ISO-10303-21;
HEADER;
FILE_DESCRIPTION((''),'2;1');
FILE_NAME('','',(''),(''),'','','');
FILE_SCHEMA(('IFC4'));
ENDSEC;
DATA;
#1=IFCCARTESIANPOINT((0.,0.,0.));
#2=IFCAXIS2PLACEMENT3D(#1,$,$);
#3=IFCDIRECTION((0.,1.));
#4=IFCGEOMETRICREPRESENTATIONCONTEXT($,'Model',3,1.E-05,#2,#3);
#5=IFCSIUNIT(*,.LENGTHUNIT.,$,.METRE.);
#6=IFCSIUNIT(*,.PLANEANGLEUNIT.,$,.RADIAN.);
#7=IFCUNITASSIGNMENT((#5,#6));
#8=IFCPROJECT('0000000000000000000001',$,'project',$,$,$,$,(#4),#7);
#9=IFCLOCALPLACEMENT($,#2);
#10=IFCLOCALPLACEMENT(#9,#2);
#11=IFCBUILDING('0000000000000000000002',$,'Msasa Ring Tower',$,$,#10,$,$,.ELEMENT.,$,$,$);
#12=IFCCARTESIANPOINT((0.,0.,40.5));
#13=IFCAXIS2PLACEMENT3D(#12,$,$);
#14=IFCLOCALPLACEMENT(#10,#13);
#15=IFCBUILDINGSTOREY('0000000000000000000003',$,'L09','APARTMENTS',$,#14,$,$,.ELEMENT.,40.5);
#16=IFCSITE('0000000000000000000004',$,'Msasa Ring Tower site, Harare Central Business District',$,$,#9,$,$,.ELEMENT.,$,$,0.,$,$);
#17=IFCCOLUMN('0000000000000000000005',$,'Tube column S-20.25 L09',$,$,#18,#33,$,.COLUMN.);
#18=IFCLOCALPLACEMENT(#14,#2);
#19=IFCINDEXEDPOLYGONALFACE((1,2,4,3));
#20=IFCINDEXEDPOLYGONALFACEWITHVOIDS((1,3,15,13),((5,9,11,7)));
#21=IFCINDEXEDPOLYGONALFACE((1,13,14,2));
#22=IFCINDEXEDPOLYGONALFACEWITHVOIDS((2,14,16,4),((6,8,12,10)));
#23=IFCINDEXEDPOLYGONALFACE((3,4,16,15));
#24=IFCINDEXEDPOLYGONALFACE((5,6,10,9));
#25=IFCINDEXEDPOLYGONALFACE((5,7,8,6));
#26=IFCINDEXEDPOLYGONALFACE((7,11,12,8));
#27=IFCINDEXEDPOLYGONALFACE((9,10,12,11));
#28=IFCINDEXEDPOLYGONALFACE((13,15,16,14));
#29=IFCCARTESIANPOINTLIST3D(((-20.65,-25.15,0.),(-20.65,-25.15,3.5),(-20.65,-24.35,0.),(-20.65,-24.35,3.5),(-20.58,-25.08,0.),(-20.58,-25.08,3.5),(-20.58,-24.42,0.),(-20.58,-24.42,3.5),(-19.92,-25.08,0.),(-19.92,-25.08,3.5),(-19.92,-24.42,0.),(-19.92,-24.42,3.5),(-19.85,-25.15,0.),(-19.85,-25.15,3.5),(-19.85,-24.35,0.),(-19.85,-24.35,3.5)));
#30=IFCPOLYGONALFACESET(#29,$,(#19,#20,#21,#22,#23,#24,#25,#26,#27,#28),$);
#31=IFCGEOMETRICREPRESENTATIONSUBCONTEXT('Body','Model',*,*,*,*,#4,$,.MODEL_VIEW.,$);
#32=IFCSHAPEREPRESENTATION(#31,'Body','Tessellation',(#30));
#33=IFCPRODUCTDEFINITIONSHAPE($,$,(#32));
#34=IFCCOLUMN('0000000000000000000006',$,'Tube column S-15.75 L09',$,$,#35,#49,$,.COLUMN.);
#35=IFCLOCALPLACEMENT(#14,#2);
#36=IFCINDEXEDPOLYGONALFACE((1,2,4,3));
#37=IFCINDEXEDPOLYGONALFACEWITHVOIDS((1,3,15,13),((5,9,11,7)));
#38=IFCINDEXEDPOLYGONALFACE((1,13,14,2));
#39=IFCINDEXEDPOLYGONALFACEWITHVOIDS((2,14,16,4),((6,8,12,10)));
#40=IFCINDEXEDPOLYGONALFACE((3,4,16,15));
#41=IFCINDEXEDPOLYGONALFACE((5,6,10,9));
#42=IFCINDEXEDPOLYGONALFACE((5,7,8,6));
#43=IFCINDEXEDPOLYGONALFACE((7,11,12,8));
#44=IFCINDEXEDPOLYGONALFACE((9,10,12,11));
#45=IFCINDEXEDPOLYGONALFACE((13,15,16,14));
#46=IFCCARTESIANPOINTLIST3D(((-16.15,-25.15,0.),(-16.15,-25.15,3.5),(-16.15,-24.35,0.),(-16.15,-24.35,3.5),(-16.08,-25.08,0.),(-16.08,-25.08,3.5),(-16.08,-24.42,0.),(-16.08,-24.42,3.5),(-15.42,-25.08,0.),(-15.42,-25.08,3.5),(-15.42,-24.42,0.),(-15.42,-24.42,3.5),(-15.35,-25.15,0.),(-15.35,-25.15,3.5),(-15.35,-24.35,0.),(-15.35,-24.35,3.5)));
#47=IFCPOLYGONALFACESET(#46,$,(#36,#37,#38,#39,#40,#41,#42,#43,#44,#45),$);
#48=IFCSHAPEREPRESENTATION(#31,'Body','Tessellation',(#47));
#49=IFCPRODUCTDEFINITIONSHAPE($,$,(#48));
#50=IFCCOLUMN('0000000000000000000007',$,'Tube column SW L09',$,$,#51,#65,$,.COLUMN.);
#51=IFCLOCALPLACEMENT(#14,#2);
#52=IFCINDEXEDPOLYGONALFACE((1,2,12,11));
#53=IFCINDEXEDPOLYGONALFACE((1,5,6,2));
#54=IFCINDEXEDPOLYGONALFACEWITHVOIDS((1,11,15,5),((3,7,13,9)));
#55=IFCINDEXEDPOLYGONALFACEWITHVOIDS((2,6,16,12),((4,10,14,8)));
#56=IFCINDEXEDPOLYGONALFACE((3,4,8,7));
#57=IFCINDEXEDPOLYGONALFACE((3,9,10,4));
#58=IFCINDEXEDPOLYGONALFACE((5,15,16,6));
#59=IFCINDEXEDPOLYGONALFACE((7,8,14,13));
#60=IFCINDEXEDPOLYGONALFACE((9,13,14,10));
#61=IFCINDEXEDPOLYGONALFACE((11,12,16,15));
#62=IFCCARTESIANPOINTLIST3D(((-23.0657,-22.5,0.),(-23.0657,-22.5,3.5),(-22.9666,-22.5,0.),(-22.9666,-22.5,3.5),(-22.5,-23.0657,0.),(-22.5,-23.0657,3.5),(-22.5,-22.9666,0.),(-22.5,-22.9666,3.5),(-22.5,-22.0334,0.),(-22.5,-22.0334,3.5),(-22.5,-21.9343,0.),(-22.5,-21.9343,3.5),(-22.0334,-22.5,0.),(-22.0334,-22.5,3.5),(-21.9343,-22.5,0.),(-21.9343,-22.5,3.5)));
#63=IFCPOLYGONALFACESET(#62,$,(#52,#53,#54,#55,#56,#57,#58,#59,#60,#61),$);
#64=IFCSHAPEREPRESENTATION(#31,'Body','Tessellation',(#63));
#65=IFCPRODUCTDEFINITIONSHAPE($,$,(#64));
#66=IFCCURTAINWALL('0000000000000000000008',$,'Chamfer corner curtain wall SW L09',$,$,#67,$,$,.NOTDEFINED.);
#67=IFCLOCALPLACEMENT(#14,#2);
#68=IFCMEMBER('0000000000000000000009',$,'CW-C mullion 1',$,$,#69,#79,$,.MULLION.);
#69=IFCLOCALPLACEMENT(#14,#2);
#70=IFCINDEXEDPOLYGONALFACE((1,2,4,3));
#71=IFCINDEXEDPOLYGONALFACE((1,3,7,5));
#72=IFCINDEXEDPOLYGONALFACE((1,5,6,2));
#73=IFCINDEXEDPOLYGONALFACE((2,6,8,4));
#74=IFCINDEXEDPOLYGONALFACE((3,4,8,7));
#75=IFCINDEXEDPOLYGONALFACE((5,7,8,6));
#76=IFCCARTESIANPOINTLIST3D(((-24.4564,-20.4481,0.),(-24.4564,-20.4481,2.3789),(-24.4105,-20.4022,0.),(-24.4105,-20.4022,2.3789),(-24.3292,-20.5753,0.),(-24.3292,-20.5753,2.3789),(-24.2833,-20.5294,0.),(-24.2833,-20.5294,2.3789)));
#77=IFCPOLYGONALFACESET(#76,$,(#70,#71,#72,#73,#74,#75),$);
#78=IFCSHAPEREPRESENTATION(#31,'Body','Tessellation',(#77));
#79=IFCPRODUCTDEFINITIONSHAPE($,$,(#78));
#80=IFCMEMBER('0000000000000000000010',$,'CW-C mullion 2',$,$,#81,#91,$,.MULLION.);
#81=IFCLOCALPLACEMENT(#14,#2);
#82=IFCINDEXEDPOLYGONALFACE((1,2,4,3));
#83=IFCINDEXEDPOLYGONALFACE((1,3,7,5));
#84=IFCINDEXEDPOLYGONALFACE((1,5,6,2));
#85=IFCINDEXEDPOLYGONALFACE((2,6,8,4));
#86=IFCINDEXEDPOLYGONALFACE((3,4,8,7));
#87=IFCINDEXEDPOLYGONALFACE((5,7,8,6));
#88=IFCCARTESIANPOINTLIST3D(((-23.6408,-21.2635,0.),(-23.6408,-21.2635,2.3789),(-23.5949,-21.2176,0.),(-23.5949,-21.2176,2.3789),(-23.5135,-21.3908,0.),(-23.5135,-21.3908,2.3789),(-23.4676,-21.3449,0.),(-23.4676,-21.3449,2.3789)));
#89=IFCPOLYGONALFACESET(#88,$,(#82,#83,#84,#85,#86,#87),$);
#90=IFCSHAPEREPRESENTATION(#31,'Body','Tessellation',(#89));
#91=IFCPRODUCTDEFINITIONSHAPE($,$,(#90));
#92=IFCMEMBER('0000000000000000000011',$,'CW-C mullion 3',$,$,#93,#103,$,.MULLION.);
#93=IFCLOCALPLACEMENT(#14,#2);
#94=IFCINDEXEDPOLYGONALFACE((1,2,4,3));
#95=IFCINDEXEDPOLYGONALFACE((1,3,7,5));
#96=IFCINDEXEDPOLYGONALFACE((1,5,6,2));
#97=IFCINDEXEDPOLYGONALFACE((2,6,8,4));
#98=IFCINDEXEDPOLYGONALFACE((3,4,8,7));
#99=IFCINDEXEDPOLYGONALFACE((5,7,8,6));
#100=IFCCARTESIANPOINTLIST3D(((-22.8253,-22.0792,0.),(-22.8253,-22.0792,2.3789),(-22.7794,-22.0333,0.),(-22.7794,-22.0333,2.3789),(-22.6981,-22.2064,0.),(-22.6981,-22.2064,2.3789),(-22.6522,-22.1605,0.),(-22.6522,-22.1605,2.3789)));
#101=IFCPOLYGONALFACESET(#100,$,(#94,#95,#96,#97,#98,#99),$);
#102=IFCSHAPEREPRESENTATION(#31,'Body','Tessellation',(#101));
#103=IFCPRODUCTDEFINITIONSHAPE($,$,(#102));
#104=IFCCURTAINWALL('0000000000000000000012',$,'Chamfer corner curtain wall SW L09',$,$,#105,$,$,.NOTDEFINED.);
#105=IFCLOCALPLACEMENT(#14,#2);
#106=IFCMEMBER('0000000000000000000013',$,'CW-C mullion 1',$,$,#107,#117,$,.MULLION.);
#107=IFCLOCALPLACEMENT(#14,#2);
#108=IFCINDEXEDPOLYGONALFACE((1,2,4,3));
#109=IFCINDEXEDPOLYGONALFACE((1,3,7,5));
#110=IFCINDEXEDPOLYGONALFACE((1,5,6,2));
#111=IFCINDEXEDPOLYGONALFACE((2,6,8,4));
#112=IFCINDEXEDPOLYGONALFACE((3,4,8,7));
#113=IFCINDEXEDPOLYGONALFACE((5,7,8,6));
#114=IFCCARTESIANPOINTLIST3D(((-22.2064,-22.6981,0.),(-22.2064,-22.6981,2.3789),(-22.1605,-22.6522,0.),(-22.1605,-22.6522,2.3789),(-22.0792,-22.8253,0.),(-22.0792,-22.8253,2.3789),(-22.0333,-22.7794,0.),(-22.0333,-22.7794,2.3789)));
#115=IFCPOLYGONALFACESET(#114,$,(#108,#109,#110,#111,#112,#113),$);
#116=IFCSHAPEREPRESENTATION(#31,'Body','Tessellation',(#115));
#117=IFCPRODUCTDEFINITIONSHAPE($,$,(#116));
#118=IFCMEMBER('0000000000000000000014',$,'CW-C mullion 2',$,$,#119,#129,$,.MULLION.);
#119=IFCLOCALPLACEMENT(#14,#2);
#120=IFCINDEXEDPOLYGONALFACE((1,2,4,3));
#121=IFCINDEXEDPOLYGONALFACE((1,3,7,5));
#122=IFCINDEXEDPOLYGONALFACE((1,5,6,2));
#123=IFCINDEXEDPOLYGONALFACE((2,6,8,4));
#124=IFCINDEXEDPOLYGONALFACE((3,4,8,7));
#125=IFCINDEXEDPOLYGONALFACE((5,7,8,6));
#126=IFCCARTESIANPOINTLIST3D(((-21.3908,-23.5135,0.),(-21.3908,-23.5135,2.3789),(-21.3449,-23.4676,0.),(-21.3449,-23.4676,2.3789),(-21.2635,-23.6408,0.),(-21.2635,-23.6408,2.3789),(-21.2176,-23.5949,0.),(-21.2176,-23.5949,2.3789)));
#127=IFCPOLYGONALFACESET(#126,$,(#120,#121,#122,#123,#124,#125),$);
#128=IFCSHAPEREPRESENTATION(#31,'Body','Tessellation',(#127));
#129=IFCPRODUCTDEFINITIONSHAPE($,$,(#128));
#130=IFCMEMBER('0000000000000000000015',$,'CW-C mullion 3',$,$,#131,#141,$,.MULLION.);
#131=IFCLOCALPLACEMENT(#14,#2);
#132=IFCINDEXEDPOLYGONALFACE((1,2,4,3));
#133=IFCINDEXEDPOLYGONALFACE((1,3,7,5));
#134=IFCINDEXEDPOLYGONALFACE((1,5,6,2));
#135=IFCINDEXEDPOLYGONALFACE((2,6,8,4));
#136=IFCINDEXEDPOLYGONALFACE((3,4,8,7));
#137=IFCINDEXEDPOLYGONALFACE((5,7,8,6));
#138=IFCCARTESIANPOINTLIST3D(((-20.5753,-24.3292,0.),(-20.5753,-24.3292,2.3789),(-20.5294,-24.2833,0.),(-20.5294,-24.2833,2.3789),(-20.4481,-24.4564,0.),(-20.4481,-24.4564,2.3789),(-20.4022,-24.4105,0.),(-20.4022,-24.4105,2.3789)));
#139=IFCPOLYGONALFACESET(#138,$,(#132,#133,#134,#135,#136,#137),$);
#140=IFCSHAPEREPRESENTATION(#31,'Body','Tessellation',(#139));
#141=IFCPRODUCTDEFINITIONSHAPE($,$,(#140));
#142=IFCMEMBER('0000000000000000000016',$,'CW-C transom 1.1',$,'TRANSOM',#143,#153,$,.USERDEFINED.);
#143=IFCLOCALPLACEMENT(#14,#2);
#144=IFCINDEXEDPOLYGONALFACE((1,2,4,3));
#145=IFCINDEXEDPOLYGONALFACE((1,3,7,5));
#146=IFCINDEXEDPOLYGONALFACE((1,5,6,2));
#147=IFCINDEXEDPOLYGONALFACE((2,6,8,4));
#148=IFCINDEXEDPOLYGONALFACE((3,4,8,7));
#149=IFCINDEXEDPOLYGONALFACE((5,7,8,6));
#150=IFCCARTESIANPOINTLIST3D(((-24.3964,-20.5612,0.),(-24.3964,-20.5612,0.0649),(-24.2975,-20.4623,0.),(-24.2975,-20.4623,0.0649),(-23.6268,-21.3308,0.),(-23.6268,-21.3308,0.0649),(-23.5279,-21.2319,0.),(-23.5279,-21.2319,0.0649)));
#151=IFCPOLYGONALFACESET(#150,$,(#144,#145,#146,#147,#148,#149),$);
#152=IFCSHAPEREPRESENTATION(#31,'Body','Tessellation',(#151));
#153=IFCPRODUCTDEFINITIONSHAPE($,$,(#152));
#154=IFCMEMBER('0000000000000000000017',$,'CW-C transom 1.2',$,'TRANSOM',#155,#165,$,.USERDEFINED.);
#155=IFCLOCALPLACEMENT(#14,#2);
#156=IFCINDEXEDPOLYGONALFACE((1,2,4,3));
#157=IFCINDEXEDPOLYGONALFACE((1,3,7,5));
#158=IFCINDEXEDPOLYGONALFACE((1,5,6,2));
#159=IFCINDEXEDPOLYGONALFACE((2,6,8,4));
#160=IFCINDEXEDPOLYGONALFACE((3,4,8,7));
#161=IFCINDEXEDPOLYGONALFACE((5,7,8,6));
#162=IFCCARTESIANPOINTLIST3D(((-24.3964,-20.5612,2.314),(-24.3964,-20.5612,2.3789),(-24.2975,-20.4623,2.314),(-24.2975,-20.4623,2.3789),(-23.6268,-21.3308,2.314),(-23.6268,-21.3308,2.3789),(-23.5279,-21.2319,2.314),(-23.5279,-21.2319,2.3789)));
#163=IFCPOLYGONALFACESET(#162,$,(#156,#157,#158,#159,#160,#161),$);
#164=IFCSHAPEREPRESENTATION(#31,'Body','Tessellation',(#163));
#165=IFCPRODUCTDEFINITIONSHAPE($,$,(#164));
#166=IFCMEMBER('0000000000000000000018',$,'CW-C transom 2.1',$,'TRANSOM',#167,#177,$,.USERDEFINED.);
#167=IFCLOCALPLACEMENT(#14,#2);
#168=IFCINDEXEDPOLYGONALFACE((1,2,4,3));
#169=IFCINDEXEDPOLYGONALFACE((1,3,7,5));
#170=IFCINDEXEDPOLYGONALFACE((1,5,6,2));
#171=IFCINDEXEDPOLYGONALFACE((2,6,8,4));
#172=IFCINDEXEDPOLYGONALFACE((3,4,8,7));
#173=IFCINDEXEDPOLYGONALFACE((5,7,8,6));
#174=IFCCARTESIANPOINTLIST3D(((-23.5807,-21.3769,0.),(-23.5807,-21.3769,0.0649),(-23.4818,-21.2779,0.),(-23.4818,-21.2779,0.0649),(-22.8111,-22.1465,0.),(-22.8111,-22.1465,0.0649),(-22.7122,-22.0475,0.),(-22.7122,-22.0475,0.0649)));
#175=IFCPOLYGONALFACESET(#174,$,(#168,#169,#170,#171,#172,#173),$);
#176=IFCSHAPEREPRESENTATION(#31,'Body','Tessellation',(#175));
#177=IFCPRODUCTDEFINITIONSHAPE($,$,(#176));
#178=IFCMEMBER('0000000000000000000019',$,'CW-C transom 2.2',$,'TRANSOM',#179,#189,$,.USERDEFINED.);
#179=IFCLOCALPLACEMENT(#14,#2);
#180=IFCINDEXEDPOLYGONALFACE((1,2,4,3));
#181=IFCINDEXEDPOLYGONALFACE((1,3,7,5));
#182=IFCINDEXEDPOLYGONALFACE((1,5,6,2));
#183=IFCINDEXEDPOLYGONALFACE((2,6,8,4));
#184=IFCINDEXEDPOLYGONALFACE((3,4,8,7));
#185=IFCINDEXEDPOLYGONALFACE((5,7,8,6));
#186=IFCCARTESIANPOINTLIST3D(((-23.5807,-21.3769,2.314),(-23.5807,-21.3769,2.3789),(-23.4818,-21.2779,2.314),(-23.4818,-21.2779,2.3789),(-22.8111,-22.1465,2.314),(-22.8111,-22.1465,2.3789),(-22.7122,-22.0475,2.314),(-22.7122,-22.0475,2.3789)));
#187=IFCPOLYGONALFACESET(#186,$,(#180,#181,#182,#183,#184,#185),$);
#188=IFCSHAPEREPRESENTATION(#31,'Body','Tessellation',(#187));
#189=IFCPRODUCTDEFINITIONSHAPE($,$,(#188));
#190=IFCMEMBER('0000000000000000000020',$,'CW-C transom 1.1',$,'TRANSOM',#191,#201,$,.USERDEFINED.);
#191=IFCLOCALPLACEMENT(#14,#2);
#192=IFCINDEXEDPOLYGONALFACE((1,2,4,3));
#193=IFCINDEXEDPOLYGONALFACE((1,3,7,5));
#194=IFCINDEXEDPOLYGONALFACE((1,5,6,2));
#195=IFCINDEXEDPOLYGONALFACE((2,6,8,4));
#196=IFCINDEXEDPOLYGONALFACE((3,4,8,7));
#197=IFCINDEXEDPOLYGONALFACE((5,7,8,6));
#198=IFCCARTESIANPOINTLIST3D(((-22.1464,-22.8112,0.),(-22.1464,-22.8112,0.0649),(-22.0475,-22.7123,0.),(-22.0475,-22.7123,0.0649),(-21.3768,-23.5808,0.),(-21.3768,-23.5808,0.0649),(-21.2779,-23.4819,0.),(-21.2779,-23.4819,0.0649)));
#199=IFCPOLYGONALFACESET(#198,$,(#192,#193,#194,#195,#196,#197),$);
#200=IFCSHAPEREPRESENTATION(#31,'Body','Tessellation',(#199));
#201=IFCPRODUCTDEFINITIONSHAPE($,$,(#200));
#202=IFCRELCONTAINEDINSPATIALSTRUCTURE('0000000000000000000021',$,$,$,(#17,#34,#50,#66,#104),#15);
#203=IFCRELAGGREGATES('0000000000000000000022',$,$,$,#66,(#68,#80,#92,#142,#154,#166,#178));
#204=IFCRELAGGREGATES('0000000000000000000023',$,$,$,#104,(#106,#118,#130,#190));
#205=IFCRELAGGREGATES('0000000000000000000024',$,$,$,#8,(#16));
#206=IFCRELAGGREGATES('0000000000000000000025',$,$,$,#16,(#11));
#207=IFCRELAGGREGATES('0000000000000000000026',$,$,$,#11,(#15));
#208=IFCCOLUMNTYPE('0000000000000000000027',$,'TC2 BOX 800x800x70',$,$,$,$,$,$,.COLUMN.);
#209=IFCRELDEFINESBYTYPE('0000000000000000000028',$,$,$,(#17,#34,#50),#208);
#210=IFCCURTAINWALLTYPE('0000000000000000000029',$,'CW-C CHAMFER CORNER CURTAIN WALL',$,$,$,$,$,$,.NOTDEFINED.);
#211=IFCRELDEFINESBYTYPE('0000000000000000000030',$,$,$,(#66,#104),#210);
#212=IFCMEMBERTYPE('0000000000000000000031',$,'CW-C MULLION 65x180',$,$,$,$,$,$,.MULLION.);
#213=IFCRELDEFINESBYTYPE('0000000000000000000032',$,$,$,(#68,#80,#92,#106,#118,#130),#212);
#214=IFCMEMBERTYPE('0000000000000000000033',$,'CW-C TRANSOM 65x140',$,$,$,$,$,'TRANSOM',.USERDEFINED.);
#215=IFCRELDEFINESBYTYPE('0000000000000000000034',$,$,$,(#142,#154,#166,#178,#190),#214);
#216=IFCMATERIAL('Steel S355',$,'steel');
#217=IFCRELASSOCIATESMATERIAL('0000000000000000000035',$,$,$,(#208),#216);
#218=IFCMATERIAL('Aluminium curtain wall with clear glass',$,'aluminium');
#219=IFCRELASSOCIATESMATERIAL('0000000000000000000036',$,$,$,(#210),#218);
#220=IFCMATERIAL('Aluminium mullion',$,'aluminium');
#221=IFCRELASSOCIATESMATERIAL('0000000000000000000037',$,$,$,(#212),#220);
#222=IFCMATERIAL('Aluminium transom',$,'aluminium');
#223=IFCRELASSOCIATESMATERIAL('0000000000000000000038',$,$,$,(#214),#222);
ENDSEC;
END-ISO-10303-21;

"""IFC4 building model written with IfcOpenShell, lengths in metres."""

from ifc_helpers import new_model, si_unit, direction, frame, origin, origin_2d, place, context, subcontext, project, spatial, rectangle, hollow_rectangle, extrude, material, material_profile, profile_set, type_object, element, aggregate, save


model = new_model("IFC4")

# Units and contexts
model_context = context("Model", 3, precision=1e-05, world=origin(), true_north=direction((0.0, 1.0)))
body_context = subcontext(model_context, "Body", "Model", "MODEL_VIEW")
ifc_project = project(units=[si_unit("LENGTHUNIT", "METRE"), si_unit("PLANEANGLEUNIT", "RADIAN")], contexts=[model_context])

# Site, building, storey
site_placement = place(None, origin())
site = spatial("IfcSite", under=ifc_project, at=site_placement, Name="Msasa Ring Tower site, Harare Central Business District", CompositionType="ELEMENT", RefElevation=0.0)
building_placement = place(site_placement, origin())
building = spatial("IfcBuilding", under=site, at=building_placement, Name="Msasa Ring Tower", CompositionType="ELEMENT")
storey_placement = place(building_placement, frame((0.0, 0.0, 40.5)))
storey = spatial("IfcBuildingStorey", under=building, at=storey_placement, Name="L09", Description="APARTMENTS", CompositionType="ELEMENT", Elevation=40.5)

# Columns
ifc_material_1 = material(Name="Steel S355", Category="steel")
ifc_material_profile_1 = material_profile(ifc_material_1, hollow_rectangle(XDim=0.8, YDim=0.8, WallThickness=0.0701, at=origin_2d()), Name="BOX 800x800x70")
ifc_profile_set_1 = profile_set([ifc_material_profile_1], Name="Steel S355")
column_type = type_object("IfcColumnType", Name="TC2 BOX 800x800x70", PredefinedType="COLUMN", material=ifc_profile_set_1)
for number, where, z_axis, x_axis, name in (
    (1, (-20.25, -24.75, 0.0), (0.0, 0.0, 1.0), (0.0, 1.0, 0.0), "Tube column S-20.25 L09"),
    (2, (-15.75, -24.75, 0.0), (0.0, 0.0, 1.0), (0.0, 1.0, 0.0), "Tube column S-15.75 L09"),
    (3, (-22.5, -22.5, 0.0), (0.0, 0.0, 1.0), (0.707107, 0.707107, 0.0), "Tube column SW L09"),
):
    element("IfcColumn", number, at=place(storey_placement, frame(where, z_axis=z_axis, x_axis=x_axis)), inside=storey, type_object=column_type, Name=name, PredefinedType="COLUMN", context=body_context, shape_type="SweptSolid", body=[
        extrude(hollow_rectangle(XDim=0.8, YDim=0.8, WallThickness=0.0701, at=origin_2d()), origin(), (0.0, 0.0, 1.0), 3.5),
    ])

# Curtain walls, members
ifc_material_2 = material(Name="Aluminium curtain wall with clear glass", Category="aluminium")
curtain_wall_type = type_object("IfcCurtainWallType", Name="CW-C CHAMFER CORNER CURTAIN WALL", PredefinedType="NOTDEFINED", material=ifc_material_2)
curtain_wall_1_placement = place(storey_placement, origin())
curtain_wall_1 = element("IfcCurtainWall", 4, at=curtain_wall_1_placement, inside=storey, type_object=curtain_wall_type, Name="Chamfer corner curtain wall SW L09", PredefinedType="NOTDEFINED")
ifc_material_3 = material(Name="Aluminium mullion", Category="aluminium")
ifc_material_profile_2 = material_profile(ifc_material_3, rectangle(XDim=0.0649, YDim=0.1799, at=origin_2d()), Name="AL 65x180")
ifc_profile_set_2 = profile_set([ifc_material_profile_2], Name="Aluminium mullion")
member_type_1 = type_object("IfcMemberType", Name="CW-C MULLION 65x180", PredefinedType="MULLION", material=ifc_profile_set_2)
member_1_placement = place(storey_placement, frame((-24.3699, -20.4888, 0.0), z_axis=(0.0, 0.0, 1.0), x_axis=(0.707107, 0.707107, 0.0)))
member_1 = element("IfcMember", 5, at=member_1_placement, type_object=member_type_1, Name="CW-C mullion 1", PredefinedType="MULLION", context=body_context, shape_type="SweptSolid", body=[
    extrude(rectangle(XDim=0.0649, YDim=0.1799, at=origin_2d()), origin(), (0.0, 0.0, 1.0), 2.3789),
])
member_2_placement = place(storey_placement, frame((-23.5542, -21.3042, 0.0), z_axis=(0.0, 0.0, 1.0), x_axis=(0.707107, 0.707107, 0.0)))
member_2 = element("IfcMember", 6, at=member_2_placement, type_object=member_type_1, Name="CW-C mullion 2", PredefinedType="MULLION", context=body_context, shape_type="SweptSolid", body=[
    extrude(rectangle(XDim=0.0649, YDim=0.1799, at=origin_2d()), origin(), (0.0, 0.0, 1.0), 2.3789),
])
member_3_placement = place(storey_placement, frame((-22.7388, -22.1199, 0.0), z_axis=(0.0, 0.0, 1.0), x_axis=(0.707107, 0.707107, 0.0)))
member_3 = element("IfcMember", 7, at=member_3_placement, type_object=member_type_1, Name="CW-C mullion 3", PredefinedType="MULLION", context=body_context, shape_type="SweptSolid", body=[
    extrude(rectangle(XDim=0.0649, YDim=0.1799, at=origin_2d()), origin(), (0.0, 0.0, 1.0), 2.3789),
])
curtain_wall_2_placement = place(storey_placement, origin())
curtain_wall_2 = element("IfcCurtainWall", 8, at=curtain_wall_2_placement, inside=storey, type_object=curtain_wall_type, Name="Chamfer corner curtain wall SW L09", PredefinedType="NOTDEFINED")
member_4_placement = place(storey_placement, frame((-22.1199, -22.7388, 0.0), z_axis=(0.0, 0.0, 1.0), x_axis=(0.707107, 0.707107, 0.0)))
member_4 = element("IfcMember", 9, at=member_4_placement, type_object=member_type_1, Name="CW-C mullion 1", PredefinedType="MULLION", context=body_context, shape_type="SweptSolid", body=[
    extrude(rectangle(XDim=0.0649, YDim=0.1799, at=origin_2d()), origin(), (0.0, 0.0, 1.0), 2.3789),
])
member_5_placement = place(storey_placement, frame((-21.3042, -23.5542, 0.0), z_axis=(0.0, 0.0, 1.0), x_axis=(0.707107, 0.707107, 0.0)))
member_5 = element("IfcMember", 10, at=member_5_placement, type_object=member_type_1, Name="CW-C mullion 2", PredefinedType="MULLION", context=body_context, shape_type="SweptSolid", body=[
    extrude(rectangle(XDim=0.0649, YDim=0.1799, at=origin_2d()), origin(), (0.0, 0.0, 1.0), 2.3789),
])
member_6_placement = place(storey_placement, frame((-20.4888, -24.3699, 0.0), z_axis=(0.0, 0.0, 1.0), x_axis=(0.707107, 0.707107, 0.0)))
member_6 = element("IfcMember", 11, at=member_6_placement, type_object=member_type_1, Name="CW-C mullion 3", PredefinedType="MULLION", context=body_context, shape_type="SweptSolid", body=[
    extrude(rectangle(XDim=0.0649, YDim=0.1799, at=origin_2d()), origin(), (0.0, 0.0, 1.0), 2.3789),
])

# Members
ifc_material_4 = material(Name="Aluminium transom", Category="aluminium")
ifc_material_profile_3 = material_profile(ifc_material_4, rectangle(XDim=0.1399, YDim=0.0649, at=origin_2d()), Name="AL 65x140")
ifc_profile_set_3 = profile_set([ifc_material_profile_3], Name="Aluminium transom")
member_type_2 = type_object("IfcMemberType", Name="CW-C TRANSOM 65x140", ElementType="TRANSOM", PredefinedType="USERDEFINED", material=ifc_profile_set_3)
member_7_placement = place(storey_placement, frame((-24.3469, -20.5117, 0.0325), z_axis=(0.707107, -0.707107, 0.0), x_axis=(0.707107, 0.707107, 0.0)))
member_7 = element("IfcMember", 12, at=member_7_placement, type_object=member_type_2, Name="CW-C transom 1.1", ObjectType="TRANSOM", PredefinedType="USERDEFINED", context=body_context, shape_type="SweptSolid", body=[
    extrude(rectangle(XDim=0.1399, YDim=0.0649, at=origin_2d()), origin(), (0.0, 0.0, 1.0), 1.0884),
])
member_8_placement = place(storey_placement, frame((-24.3469, -20.5117, 2.3464), z_axis=(0.707107, -0.707107, 0.0), x_axis=(0.707107, 0.707107, 0.0)))
member_8 = element("IfcMember", 13, at=member_8_placement, type_object=member_type_2, Name="CW-C transom 1.2", ObjectType="TRANSOM", PredefinedType="USERDEFINED", context=body_context, shape_type="SweptSolid", body=[
    extrude(rectangle(XDim=0.1399, YDim=0.0649, at=origin_2d()), origin(), (0.0, 0.0, 1.0), 1.0884),
])
member_9_placement = place(storey_placement, frame((-23.5312, -21.3274, 0.0325), z_axis=(0.707107, -0.707107, 0.0), x_axis=(0.707107, 0.707107, 0.0)))
member_9 = element("IfcMember", 14, at=member_9_placement, type_object=member_type_2, Name="CW-C transom 2.1", ObjectType="TRANSOM", PredefinedType="USERDEFINED", context=body_context, shape_type="SweptSolid", body=[
    extrude(rectangle(XDim=0.1399, YDim=0.0649, at=origin_2d()), origin(), (0.0, 0.0, 1.0), 1.0884),
])
member_10_placement = place(storey_placement, frame((-23.5312, -21.3274, 2.3464), z_axis=(0.707107, -0.707107, 0.0), x_axis=(0.707107, 0.707107, 0.0)))
member_10 = element("IfcMember", 15, at=member_10_placement, type_object=member_type_2, Name="CW-C transom 2.2", ObjectType="TRANSOM", PredefinedType="USERDEFINED", context=body_context, shape_type="SweptSolid", body=[
    extrude(rectangle(XDim=0.1399, YDim=0.0649, at=origin_2d()), origin(), (0.0, 0.0, 1.0), 1.0884),
])
member_11_placement = place(storey_placement, frame((-22.0969, -22.7617, 0.0325), z_axis=(0.707107, -0.707107, 0.0), x_axis=(0.707107, 0.707107, 0.0)))
member_11 = element("IfcMember", 16, at=member_11_placement, type_object=member_type_2, Name="CW-C transom 1.1", ObjectType="TRANSOM", PredefinedType="USERDEFINED", context=body_context, shape_type="SweptSolid", body=[
    extrude(rectangle(XDim=0.1399, YDim=0.0649, at=origin_2d()), origin(), (0.0, 0.0, 1.0), 1.0884),
])

aggregate(curtain_wall_1, [member_1, member_2, member_3, member_7, member_8, member_9, member_10])
aggregate(curtain_wall_2, [member_4, member_5, member_6, member_11])

save(model, "model.ifc")
